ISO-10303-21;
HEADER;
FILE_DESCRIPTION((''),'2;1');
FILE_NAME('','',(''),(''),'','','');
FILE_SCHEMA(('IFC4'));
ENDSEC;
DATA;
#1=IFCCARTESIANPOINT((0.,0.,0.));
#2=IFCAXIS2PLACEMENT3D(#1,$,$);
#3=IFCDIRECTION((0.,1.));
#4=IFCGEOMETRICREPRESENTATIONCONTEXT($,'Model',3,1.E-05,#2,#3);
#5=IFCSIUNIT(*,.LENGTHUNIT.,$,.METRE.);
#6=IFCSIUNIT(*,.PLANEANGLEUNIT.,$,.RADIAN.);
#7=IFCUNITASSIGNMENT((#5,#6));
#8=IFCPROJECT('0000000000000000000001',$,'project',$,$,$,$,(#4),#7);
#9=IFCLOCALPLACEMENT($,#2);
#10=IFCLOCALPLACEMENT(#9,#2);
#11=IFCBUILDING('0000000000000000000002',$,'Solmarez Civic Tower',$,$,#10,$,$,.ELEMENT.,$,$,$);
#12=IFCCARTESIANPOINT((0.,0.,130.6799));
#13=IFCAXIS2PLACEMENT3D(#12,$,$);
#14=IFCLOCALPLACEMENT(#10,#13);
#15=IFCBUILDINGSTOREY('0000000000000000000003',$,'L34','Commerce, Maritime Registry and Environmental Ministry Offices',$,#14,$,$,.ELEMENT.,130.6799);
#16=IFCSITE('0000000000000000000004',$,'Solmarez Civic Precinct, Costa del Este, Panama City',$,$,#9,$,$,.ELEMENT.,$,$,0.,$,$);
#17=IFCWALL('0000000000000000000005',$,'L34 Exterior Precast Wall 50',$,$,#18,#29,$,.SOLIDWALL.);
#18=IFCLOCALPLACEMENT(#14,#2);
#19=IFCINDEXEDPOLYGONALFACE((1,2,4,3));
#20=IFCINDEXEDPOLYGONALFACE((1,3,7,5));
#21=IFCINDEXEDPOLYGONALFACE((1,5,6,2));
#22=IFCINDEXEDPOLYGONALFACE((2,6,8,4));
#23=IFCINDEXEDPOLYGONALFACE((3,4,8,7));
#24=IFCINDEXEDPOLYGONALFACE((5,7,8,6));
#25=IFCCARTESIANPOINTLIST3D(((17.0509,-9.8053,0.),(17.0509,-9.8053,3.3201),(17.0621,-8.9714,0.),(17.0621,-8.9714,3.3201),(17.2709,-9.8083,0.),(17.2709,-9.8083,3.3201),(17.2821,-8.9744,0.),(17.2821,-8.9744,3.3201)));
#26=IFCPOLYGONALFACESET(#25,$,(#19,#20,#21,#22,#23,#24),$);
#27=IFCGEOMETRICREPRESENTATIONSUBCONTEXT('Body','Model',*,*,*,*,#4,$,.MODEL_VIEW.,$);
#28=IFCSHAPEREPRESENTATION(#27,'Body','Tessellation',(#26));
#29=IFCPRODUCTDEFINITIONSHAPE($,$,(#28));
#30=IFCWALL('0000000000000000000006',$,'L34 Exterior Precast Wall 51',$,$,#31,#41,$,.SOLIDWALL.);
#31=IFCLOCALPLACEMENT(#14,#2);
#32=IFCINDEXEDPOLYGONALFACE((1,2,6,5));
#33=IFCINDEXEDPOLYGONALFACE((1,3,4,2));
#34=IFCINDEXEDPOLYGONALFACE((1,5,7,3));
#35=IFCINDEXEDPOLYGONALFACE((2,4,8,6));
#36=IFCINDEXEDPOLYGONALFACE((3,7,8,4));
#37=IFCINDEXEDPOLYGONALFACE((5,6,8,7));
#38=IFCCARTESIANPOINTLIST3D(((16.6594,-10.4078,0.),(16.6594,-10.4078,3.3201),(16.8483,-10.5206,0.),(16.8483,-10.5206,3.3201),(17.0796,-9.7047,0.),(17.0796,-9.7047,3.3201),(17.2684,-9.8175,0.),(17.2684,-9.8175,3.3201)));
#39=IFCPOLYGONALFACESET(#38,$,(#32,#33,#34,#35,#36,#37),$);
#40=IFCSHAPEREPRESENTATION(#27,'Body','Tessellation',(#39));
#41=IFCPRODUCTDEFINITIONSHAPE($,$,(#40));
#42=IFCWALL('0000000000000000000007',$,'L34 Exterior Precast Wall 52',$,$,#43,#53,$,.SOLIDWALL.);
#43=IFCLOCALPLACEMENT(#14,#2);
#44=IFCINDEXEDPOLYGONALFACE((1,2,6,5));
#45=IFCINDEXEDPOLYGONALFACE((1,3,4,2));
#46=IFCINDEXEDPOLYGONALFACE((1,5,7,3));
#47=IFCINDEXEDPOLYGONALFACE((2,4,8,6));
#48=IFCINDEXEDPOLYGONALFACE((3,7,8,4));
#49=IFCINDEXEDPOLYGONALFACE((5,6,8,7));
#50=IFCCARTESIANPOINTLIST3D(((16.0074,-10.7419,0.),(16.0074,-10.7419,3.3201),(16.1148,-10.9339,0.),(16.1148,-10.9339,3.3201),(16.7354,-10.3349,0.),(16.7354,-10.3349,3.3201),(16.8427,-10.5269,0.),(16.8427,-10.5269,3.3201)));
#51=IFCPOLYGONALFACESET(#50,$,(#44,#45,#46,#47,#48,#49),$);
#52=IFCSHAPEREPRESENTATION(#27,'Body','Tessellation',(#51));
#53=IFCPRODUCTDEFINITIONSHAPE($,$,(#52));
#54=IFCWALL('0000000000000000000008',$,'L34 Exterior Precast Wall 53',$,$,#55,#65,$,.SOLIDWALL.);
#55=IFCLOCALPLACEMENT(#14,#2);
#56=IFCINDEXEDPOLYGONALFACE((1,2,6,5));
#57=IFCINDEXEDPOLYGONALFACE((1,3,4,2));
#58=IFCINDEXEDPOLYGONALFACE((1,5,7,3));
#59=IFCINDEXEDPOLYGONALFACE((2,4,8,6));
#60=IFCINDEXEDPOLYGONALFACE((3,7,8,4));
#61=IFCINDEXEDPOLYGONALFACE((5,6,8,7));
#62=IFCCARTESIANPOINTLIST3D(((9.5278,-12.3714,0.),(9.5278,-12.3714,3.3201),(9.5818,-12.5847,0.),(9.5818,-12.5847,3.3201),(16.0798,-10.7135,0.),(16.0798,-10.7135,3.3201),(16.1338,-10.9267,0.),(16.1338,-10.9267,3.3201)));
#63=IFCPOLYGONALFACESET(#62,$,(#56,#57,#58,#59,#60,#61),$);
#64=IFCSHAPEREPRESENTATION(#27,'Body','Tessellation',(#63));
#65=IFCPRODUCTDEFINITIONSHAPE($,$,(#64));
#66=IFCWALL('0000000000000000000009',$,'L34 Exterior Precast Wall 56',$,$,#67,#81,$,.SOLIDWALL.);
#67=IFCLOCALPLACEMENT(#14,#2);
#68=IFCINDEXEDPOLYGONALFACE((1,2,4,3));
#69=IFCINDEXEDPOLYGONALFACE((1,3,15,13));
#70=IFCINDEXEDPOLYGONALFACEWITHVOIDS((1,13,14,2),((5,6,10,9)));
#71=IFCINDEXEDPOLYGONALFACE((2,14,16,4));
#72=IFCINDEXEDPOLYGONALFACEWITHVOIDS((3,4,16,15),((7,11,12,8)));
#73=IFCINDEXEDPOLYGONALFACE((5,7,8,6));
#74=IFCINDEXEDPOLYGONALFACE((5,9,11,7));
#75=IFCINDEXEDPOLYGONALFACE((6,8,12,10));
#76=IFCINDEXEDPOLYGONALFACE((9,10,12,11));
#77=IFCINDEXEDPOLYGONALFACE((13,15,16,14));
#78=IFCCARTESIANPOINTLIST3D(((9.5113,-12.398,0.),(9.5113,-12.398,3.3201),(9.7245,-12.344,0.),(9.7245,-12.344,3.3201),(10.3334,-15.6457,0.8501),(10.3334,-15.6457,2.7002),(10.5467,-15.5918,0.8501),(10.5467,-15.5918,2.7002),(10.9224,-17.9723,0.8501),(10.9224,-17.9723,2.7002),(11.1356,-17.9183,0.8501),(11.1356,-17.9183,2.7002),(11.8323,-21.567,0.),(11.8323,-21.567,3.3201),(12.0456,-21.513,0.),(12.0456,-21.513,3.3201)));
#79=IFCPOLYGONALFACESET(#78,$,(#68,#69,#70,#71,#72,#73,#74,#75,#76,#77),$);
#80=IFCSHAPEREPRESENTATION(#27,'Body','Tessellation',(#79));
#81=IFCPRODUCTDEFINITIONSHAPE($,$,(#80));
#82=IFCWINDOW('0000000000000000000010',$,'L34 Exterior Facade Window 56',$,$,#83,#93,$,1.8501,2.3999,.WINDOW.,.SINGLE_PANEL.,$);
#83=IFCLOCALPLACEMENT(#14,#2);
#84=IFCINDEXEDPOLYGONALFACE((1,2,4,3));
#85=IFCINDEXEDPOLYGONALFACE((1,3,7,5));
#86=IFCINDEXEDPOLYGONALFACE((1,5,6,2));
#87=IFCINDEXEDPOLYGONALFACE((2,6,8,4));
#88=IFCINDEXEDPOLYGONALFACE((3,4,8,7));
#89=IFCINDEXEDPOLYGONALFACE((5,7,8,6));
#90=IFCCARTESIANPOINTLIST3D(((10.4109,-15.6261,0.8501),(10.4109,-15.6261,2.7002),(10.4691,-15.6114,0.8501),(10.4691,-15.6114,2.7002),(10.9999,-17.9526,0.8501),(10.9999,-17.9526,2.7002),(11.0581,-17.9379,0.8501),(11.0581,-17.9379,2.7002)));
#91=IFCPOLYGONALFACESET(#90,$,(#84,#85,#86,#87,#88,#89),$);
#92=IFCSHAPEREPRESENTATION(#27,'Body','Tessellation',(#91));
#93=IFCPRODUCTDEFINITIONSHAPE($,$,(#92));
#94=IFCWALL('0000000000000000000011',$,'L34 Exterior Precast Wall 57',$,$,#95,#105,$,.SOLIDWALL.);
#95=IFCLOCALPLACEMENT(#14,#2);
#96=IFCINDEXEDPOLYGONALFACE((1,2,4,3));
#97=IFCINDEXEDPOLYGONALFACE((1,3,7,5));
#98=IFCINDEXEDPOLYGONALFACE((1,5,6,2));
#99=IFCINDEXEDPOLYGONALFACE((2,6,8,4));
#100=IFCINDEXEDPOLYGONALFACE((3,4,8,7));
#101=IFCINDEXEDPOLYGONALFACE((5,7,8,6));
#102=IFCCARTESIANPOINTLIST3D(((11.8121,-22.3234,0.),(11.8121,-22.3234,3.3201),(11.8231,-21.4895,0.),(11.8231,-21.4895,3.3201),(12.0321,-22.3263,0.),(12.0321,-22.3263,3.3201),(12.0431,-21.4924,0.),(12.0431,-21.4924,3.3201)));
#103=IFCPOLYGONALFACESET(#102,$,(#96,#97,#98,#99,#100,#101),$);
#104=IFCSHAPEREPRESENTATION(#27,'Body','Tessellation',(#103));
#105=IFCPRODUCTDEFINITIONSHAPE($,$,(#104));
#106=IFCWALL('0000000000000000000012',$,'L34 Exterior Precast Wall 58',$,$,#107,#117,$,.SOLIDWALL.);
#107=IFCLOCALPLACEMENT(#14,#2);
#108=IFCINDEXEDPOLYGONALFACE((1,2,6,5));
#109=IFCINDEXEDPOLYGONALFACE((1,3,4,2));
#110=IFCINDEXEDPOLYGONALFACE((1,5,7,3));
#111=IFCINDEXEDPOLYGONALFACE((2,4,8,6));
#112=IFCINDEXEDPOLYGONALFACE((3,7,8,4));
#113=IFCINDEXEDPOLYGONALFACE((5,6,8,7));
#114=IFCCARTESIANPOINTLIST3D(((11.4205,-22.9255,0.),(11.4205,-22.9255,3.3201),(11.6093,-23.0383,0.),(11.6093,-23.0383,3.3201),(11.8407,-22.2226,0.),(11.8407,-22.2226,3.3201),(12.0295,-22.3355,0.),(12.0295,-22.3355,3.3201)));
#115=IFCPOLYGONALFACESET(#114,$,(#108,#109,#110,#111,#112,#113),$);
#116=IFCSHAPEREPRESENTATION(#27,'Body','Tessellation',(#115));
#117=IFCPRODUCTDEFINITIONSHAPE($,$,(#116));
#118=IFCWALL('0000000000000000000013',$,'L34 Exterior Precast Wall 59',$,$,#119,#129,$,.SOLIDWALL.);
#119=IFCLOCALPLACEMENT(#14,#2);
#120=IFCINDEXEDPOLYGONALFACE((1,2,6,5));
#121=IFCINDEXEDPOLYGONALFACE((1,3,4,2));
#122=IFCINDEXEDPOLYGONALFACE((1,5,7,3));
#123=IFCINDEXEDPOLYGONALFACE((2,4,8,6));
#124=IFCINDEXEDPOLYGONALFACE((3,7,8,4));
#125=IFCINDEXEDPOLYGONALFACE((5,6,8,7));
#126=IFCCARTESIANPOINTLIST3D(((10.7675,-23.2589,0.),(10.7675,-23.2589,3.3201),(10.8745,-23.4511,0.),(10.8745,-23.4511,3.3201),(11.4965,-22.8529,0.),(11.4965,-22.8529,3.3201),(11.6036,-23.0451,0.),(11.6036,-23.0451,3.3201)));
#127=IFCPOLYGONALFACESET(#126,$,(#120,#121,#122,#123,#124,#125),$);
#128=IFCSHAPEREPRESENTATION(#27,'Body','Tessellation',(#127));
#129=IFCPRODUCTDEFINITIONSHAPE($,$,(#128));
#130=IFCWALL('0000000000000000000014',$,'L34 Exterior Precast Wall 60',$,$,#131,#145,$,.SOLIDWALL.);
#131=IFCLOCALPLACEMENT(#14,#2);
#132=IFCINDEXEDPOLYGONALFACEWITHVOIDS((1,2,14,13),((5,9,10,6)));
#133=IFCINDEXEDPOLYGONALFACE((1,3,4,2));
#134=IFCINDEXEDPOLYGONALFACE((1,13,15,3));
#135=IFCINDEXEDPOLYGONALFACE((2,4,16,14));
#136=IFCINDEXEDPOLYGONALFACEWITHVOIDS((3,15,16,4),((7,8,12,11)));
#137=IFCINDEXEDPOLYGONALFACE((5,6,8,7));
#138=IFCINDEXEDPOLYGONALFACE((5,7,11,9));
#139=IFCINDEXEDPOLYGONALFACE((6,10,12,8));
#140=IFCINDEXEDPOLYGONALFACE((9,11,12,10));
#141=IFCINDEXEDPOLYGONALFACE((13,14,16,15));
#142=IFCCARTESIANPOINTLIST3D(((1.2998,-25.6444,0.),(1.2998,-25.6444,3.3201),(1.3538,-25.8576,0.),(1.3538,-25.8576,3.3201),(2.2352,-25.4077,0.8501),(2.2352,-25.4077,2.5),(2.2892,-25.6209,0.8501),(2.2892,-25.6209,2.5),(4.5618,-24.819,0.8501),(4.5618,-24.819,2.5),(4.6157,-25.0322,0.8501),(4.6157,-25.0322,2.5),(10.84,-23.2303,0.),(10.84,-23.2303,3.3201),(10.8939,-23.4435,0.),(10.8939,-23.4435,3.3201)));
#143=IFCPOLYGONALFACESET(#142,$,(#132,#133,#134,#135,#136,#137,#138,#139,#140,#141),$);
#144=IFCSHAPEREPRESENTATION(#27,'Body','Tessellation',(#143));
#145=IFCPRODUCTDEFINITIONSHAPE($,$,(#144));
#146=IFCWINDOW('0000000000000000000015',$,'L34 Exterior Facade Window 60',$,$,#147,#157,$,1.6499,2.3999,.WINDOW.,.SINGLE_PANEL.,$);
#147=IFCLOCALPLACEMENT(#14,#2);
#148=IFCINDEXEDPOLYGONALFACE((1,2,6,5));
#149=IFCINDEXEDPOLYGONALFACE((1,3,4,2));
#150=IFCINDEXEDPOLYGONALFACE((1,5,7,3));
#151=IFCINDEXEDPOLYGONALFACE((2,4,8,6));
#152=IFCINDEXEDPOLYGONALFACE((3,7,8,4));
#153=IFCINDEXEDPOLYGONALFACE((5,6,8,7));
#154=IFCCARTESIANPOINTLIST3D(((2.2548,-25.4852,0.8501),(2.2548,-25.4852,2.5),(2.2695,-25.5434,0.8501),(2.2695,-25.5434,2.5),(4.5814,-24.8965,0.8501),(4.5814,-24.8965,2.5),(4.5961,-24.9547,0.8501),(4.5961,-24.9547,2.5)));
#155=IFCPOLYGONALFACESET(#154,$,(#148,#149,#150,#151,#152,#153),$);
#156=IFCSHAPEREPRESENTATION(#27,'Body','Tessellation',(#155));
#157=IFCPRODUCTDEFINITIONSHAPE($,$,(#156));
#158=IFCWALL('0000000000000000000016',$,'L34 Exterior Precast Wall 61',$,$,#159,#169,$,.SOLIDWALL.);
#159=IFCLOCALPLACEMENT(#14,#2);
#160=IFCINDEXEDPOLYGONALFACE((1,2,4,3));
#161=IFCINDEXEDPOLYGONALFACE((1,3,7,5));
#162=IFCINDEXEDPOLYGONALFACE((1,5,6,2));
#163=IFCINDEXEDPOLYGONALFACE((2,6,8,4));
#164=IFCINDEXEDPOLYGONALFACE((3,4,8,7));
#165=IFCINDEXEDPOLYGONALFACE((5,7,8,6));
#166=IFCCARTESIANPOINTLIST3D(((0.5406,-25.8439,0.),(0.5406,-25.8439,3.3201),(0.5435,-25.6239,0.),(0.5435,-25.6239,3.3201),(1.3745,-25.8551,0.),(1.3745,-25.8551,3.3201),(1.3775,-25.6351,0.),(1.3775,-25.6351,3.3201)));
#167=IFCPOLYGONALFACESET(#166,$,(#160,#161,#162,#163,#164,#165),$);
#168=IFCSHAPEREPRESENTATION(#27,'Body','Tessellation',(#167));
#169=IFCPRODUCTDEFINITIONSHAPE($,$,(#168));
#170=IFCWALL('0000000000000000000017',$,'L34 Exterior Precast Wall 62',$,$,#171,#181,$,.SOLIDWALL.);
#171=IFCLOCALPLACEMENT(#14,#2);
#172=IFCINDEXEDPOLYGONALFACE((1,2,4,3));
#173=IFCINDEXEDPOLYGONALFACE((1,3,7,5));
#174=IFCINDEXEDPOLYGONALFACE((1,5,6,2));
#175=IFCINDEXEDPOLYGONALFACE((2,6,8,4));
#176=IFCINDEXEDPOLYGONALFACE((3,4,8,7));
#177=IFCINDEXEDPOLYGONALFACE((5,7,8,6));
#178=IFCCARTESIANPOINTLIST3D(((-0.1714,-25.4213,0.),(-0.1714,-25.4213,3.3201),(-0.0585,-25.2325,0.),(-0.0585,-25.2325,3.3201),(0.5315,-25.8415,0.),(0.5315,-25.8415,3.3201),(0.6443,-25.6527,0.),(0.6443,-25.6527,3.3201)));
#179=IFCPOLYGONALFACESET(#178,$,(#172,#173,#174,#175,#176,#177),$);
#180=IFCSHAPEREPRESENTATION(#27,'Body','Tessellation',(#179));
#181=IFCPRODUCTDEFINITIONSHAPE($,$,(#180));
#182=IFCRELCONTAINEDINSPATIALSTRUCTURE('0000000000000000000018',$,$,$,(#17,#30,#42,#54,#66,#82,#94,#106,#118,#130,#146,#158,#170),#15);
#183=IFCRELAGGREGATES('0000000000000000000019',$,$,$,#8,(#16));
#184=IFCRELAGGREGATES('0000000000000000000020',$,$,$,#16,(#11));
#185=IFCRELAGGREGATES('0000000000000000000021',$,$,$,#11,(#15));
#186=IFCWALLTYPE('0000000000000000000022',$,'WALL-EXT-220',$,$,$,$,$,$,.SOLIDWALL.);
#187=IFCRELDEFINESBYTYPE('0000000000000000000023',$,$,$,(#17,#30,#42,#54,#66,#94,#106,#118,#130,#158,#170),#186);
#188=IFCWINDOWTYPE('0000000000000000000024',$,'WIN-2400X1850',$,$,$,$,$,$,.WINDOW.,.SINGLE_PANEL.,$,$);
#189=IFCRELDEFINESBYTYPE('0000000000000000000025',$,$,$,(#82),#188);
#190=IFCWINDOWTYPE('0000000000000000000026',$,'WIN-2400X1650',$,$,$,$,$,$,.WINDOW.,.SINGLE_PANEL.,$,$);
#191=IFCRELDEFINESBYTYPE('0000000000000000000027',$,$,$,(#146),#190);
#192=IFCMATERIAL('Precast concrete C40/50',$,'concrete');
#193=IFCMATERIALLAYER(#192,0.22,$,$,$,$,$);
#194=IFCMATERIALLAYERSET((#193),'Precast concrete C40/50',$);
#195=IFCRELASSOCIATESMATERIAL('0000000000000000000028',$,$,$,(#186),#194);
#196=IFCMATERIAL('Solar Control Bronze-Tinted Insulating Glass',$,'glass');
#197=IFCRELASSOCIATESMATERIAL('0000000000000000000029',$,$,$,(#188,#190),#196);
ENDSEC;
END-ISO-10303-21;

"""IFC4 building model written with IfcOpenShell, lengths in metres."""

from ifc_helpers import new_model, si_unit, direction, frame, frame_2d, origin, place, context, subcontext, project, spatial, rectangle, extrude, material, layer, layer_set, type_object, element, fill, save


model = new_model("IFC4")

# Units and contexts
model_context = context("Model", 3, precision=1e-05, world=origin(), true_north=direction((0.0, 1.0)))
body_context = subcontext(model_context, "Body", "Model", "MODEL_VIEW")
ifc_project = project(units=[si_unit("LENGTHUNIT", "METRE"), si_unit("PLANEANGLEUNIT", "RADIAN")], contexts=[model_context])

# Site, building, storey
site_placement = place(None, origin())
site = spatial("IfcSite", under=ifc_project, at=site_placement, Name="Solmarez Civic Precinct, Costa del Este, Panama City", CompositionType="ELEMENT", RefElevation=0.0)
building_placement = place(site_placement, origin())
building = spatial("IfcBuilding", under=site, at=building_placement, Name="Solmarez Civic Tower", CompositionType="ELEMENT")
storey_placement = place(building_placement, frame((0.0, 0.0, 130.6799)))
storey = spatial("IfcBuildingStorey", under=building, at=storey_placement, Name="L34", Description="Commerce, Maritime Registry and Environmental Ministry Offices", CompositionType="ELEMENT", Elevation=130.6799)

# Walls
ifc_material_1 = material(Name="Precast concrete C40/50", Category="concrete")
ifc_layer_1 = layer(ifc_material_1, 0.22)
ifc_layer_set_1 = layer_set([ifc_layer_1], Name="Precast concrete C40/50")
wall_type_1 = type_object("IfcWallType", Name="WALL-EXT-220", PredefinedType="SOLIDWALL", material=ifc_layer_set_1)
wall_1_placement = place(storey_placement, frame((17.1721, -8.9729, 0.0), z_axis=(0.0, 0.0, 1.0), x_axis=(-0.013465, -0.999909, 0.0)))
element("IfcWall", 1, at=wall_1_placement, inside=storey, type_object=wall_type_1, Name="L34 Exterior Precast Wall 50", PredefinedType="SOLIDWALL", context=body_context, shape_type="SweptSolid", body=[
    extrude(rectangle(XDim=0.834, YDim=0.22, at=frame_2d((0.417, 0.0))), origin(), (0.0, 0.0, 1.0), 3.3201),
])
wall_2_placement = place(storey_placement, frame((17.1741, -9.761, 0.0), z_axis=(0.0, 0.0, 1.0), x_axis=(-0.512961, -0.858412, 0.0)))
element("IfcWall", 2, at=wall_2_placement, inside=storey, type_object=wall_type_1, Name="L34 Exterior Precast Wall 51", PredefinedType="SOLIDWALL", context=body_context, shape_type="SweptSolid", body=[
    extrude(rectangle(XDim=0.8191, YDim=0.22, at=frame_2d((0.4097, 0.0))), origin(), (0.0, 0.0, 1.0), 3.3201),
])
wall_3_placement = place(storey_placement, frame((16.7891, -10.4309, 0.0), z_axis=(0.0, 0.0, 1.0), x_axis=(-0.87287, -0.487953, 0.0)))
element("IfcWall", 3, at=wall_3_placement, inside=storey, type_object=wall_type_1, Name="L34 Exterior Precast Wall 52", PredefinedType="SOLIDWALL", context=body_context, shape_type="SweptSolid", body=[
    extrude(rectangle(XDim=0.834, YDim=0.22, at=frame_2d((0.417, 0.0))), origin(), (0.0, 0.0, 1.0), 3.3201),
])
wall_4_placement = place(storey_placement, frame((16.1069, -10.8201, 0.0), z_axis=(0.0, 0.0, 1.0), x_axis=(-0.969444, -0.245314, 0.0)))
element("IfcWall", 4, at=wall_4_placement, inside=storey, type_object=wall_type_1, Name="L34 Exterior Precast Wall 53", PredefinedType="SOLIDWALL", context=body_context, shape_type="SweptSolid", body=[
    extrude(rectangle(XDim=6.7585, YDim=0.22, at=frame_2d((3.3794, 0.0))), origin(), (0.0, 0.0, 1.0), 3.3201),
])

# Wall, opening, window
wall_5_placement = place(storey_placement, frame((9.6179, -12.3711, 0.0), z_axis=(0.0, 0.0, 1.0), x_axis=(0.245401, -0.969422, 0.0)))
wall_5 = element("IfcWall", 5, at=wall_5_placement, inside=storey, type_object=wall_type_1, Name="L34 Exterior Precast Wall 56", PredefinedType="SOLIDWALL", context=body_context, shape_type="SweptSolid", body=[
    extrude(rectangle(XDim=9.4583, YDim=0.22, at=frame_2d((4.729, 0.0))), origin(), (0.0, 0.0, 1.0), 3.3201),
])
opening_1_placement = place(wall_5_placement, frame((3.3501, 0.0, 0.8501)))
opening_1 = element("IfcOpeningElement", 6, at=opening_1_placement, cuts=wall_5, PredefinedType="OPENING", context=body_context, shape_type="SweptSolid", body=[
    extrude(rectangle(XDim=2.3999, YDim=1.8501, at=frame_2d((1.2, 0.925))), frame((0.0, 0.1199, 0.0), z_axis=(0.0, -1.0, 0.0), x_axis=(1.0, 0.0, 0.0)), (0.0, 0.0, 1.0), 0.24),
])
ifc_material_2 = material(Name="Solar Control Bronze-Tinted Insulating Glass", Category="glass")
window_type_1 = type_object("IfcWindowType", Name="WIN-2400X1850", PartitioningType="SINGLE_PANEL", PredefinedType="WINDOW", material=ifc_material_2)
window_1_placement = place(opening_1_placement, origin())
window_1 = element("IfcWindow", 7, at=window_1_placement, inside=storey, type_object=window_type_1, Name="L34 Exterior Facade Window 56", OverallHeight=1.8501, OverallWidth=2.3999, PartitioningType="SINGLE_PANEL", PredefinedType="WINDOW", context=body_context, shape_type="SweptSolid", body=[
    extrude(rectangle(XDim=2.3999, YDim=1.8501, at=frame_2d((1.2, 0.925))), frame((0.0, 0.03, 0.0), z_axis=(0.0, -1.0, 0.0), x_axis=(1.0, 0.0, 0.0)), (0.0, 0.0, 1.0), 0.0601),
])
fill(opening_1, window_1)

# Walls
wall_6_placement = place(storey_placement, frame((11.9331, -21.491, 0.0), z_axis=(0.0, 0.0, 1.0), x_axis=(-0.013172, -0.999913, 0.0)))
element("IfcWall", 8, at=wall_6_placement, inside=storey, type_object=wall_type_1, Name="L34 Exterior Precast Wall 57", PredefinedType="SOLIDWALL", context=body_context, shape_type="SweptSolid", body=[
    extrude(rectangle(XDim=0.834, YDim=0.22, at=frame_2d((0.417, 0.0))), origin(), (0.0, 0.0, 1.0), 3.3201),
])
wall_7_placement = place(storey_placement, frame((11.9351, -22.2791, 0.0), z_axis=(0.0, 0.0, 1.0), x_axis=(-0.513092, -0.858334, 0.0)))
element("IfcWall", 9, at=wall_7_placement, inside=storey, type_object=wall_type_1, Name="L34 Exterior Precast Wall 58", PredefinedType="SOLIDWALL", context=body_context, shape_type="SweptSolid", body=[
    extrude(rectangle(XDim=0.8188, YDim=0.22, at=frame_2d((0.4094, 0.0))), origin(), (0.0, 0.0, 1.0), 3.3201),
])
wall_8_placement = place(storey_placement, frame((11.55, -22.949, 0.0), z_axis=(0.0, 0.0, 1.0), x_axis=(-0.873646, -0.486562, 0.0)))
element("IfcWall", 10, at=wall_8_placement, inside=storey, type_object=wall_type_1, Name="L34 Exterior Precast Wall 59", PredefinedType="SOLIDWALL", context=body_context, shape_type="SweptSolid", body=[
    extrude(rectangle(XDim=0.8345, YDim=0.22, at=frame_2d((0.4172, 0.0))), origin(), (0.0, 0.0, 1.0), 3.3201),
])

# Wall, opening, window
wall_9_placement = place(storey_placement, frame((10.8669, -23.3369, 0.0), z_axis=(0.0, 0.0, 1.0), x_axis=(-0.969444, -0.245313, 0.0)))
wall_9 = element("IfcWall", 11, at=wall_9_placement, inside=storey, type_object=wall_type_1, Name="L34 Exterior Precast Wall 60", PredefinedType="SOLIDWALL", context=body_context, shape_type="SweptSolid", body=[
    extrude(rectangle(XDim=9.8408, YDim=0.22, at=frame_2d((4.9204, 0.0))), origin(), (0.0, 0.0, 1.0), 3.3201),
])
opening_2_placement = place(wall_9_placement, frame((6.4761, 0.0, 0.8501)))
opening_2 = element("IfcOpeningElement", 12, at=opening_2_placement, cuts=wall_9, PredefinedType="OPENING", context=body_context, shape_type="SweptSolid", body=[
    extrude(rectangle(XDim=2.3999, YDim=1.6499, at=frame_2d((1.2, 0.825))), frame((0.0, 0.1199, 0.0), z_axis=(0.0, -1.0, 0.0), x_axis=(1.0, 0.0, 0.0)), (0.0, 0.0, 1.0), 0.24),
])
window_type_2 = type_object("IfcWindowType", Name="WIN-2400X1650", PartitioningType="SINGLE_PANEL", PredefinedType="WINDOW", material=ifc_material_2)
window_2_placement = place(opening_2_placement, origin())
window_2 = element("IfcWindow", 13, at=window_2_placement, inside=storey, type_object=window_type_2, Name="L34 Exterior Facade Window 60", OverallHeight=1.6499, OverallWidth=2.3999, PartitioningType="SINGLE_PANEL", PredefinedType="WINDOW", context=body_context, shape_type="SweptSolid", body=[
    extrude(rectangle(XDim=2.3999, YDim=1.6499, at=frame_2d((1.2, 0.825))), frame((0.0, 0.03, 0.0), z_axis=(0.0, -1.0, 0.0), x_axis=(1.0, 0.0, 0.0)), (0.0, 0.0, 1.0), 0.0601),
])
fill(opening_2, window_2)

# Walls
wall_10_placement = place(storey_placement, frame((1.376, -25.7451, 0.0), z_axis=(0.0, 0.0, 1.0), x_axis=(-0.999909, 0.013465, 0.0)))
element("IfcWall", 14, at=wall_10_placement, inside=storey, type_object=wall_type_1, Name="L34 Exterior Precast Wall 61", PredefinedType="SOLIDWALL", context=body_context, shape_type="SweptSolid", body=[
    extrude(rectangle(XDim=0.834, YDim=0.22, at=frame_2d((0.417, 0.0))), origin(), (0.0, 0.0, 1.0), 3.3201),
])
wall_11_placement = place(storey_placement, frame((0.5879, -25.7471, 0.0), z_axis=(0.0, 0.0, 1.0), x_axis=(-0.858334, 0.513092, 0.0)))
element("IfcWall", 15, at=wall_11_placement, inside=storey, type_object=wall_type_1, Name="L34 Exterior Precast Wall 62", PredefinedType="SOLIDWALL", context=body_context, shape_type="SweptSolid", body=[
    extrude(rectangle(XDim=0.8188, YDim=0.22, at=frame_2d((0.4094, 0.0))), origin(), (0.0, 0.0, 1.0), 3.3201),
])

save(model, "model.ifc")
